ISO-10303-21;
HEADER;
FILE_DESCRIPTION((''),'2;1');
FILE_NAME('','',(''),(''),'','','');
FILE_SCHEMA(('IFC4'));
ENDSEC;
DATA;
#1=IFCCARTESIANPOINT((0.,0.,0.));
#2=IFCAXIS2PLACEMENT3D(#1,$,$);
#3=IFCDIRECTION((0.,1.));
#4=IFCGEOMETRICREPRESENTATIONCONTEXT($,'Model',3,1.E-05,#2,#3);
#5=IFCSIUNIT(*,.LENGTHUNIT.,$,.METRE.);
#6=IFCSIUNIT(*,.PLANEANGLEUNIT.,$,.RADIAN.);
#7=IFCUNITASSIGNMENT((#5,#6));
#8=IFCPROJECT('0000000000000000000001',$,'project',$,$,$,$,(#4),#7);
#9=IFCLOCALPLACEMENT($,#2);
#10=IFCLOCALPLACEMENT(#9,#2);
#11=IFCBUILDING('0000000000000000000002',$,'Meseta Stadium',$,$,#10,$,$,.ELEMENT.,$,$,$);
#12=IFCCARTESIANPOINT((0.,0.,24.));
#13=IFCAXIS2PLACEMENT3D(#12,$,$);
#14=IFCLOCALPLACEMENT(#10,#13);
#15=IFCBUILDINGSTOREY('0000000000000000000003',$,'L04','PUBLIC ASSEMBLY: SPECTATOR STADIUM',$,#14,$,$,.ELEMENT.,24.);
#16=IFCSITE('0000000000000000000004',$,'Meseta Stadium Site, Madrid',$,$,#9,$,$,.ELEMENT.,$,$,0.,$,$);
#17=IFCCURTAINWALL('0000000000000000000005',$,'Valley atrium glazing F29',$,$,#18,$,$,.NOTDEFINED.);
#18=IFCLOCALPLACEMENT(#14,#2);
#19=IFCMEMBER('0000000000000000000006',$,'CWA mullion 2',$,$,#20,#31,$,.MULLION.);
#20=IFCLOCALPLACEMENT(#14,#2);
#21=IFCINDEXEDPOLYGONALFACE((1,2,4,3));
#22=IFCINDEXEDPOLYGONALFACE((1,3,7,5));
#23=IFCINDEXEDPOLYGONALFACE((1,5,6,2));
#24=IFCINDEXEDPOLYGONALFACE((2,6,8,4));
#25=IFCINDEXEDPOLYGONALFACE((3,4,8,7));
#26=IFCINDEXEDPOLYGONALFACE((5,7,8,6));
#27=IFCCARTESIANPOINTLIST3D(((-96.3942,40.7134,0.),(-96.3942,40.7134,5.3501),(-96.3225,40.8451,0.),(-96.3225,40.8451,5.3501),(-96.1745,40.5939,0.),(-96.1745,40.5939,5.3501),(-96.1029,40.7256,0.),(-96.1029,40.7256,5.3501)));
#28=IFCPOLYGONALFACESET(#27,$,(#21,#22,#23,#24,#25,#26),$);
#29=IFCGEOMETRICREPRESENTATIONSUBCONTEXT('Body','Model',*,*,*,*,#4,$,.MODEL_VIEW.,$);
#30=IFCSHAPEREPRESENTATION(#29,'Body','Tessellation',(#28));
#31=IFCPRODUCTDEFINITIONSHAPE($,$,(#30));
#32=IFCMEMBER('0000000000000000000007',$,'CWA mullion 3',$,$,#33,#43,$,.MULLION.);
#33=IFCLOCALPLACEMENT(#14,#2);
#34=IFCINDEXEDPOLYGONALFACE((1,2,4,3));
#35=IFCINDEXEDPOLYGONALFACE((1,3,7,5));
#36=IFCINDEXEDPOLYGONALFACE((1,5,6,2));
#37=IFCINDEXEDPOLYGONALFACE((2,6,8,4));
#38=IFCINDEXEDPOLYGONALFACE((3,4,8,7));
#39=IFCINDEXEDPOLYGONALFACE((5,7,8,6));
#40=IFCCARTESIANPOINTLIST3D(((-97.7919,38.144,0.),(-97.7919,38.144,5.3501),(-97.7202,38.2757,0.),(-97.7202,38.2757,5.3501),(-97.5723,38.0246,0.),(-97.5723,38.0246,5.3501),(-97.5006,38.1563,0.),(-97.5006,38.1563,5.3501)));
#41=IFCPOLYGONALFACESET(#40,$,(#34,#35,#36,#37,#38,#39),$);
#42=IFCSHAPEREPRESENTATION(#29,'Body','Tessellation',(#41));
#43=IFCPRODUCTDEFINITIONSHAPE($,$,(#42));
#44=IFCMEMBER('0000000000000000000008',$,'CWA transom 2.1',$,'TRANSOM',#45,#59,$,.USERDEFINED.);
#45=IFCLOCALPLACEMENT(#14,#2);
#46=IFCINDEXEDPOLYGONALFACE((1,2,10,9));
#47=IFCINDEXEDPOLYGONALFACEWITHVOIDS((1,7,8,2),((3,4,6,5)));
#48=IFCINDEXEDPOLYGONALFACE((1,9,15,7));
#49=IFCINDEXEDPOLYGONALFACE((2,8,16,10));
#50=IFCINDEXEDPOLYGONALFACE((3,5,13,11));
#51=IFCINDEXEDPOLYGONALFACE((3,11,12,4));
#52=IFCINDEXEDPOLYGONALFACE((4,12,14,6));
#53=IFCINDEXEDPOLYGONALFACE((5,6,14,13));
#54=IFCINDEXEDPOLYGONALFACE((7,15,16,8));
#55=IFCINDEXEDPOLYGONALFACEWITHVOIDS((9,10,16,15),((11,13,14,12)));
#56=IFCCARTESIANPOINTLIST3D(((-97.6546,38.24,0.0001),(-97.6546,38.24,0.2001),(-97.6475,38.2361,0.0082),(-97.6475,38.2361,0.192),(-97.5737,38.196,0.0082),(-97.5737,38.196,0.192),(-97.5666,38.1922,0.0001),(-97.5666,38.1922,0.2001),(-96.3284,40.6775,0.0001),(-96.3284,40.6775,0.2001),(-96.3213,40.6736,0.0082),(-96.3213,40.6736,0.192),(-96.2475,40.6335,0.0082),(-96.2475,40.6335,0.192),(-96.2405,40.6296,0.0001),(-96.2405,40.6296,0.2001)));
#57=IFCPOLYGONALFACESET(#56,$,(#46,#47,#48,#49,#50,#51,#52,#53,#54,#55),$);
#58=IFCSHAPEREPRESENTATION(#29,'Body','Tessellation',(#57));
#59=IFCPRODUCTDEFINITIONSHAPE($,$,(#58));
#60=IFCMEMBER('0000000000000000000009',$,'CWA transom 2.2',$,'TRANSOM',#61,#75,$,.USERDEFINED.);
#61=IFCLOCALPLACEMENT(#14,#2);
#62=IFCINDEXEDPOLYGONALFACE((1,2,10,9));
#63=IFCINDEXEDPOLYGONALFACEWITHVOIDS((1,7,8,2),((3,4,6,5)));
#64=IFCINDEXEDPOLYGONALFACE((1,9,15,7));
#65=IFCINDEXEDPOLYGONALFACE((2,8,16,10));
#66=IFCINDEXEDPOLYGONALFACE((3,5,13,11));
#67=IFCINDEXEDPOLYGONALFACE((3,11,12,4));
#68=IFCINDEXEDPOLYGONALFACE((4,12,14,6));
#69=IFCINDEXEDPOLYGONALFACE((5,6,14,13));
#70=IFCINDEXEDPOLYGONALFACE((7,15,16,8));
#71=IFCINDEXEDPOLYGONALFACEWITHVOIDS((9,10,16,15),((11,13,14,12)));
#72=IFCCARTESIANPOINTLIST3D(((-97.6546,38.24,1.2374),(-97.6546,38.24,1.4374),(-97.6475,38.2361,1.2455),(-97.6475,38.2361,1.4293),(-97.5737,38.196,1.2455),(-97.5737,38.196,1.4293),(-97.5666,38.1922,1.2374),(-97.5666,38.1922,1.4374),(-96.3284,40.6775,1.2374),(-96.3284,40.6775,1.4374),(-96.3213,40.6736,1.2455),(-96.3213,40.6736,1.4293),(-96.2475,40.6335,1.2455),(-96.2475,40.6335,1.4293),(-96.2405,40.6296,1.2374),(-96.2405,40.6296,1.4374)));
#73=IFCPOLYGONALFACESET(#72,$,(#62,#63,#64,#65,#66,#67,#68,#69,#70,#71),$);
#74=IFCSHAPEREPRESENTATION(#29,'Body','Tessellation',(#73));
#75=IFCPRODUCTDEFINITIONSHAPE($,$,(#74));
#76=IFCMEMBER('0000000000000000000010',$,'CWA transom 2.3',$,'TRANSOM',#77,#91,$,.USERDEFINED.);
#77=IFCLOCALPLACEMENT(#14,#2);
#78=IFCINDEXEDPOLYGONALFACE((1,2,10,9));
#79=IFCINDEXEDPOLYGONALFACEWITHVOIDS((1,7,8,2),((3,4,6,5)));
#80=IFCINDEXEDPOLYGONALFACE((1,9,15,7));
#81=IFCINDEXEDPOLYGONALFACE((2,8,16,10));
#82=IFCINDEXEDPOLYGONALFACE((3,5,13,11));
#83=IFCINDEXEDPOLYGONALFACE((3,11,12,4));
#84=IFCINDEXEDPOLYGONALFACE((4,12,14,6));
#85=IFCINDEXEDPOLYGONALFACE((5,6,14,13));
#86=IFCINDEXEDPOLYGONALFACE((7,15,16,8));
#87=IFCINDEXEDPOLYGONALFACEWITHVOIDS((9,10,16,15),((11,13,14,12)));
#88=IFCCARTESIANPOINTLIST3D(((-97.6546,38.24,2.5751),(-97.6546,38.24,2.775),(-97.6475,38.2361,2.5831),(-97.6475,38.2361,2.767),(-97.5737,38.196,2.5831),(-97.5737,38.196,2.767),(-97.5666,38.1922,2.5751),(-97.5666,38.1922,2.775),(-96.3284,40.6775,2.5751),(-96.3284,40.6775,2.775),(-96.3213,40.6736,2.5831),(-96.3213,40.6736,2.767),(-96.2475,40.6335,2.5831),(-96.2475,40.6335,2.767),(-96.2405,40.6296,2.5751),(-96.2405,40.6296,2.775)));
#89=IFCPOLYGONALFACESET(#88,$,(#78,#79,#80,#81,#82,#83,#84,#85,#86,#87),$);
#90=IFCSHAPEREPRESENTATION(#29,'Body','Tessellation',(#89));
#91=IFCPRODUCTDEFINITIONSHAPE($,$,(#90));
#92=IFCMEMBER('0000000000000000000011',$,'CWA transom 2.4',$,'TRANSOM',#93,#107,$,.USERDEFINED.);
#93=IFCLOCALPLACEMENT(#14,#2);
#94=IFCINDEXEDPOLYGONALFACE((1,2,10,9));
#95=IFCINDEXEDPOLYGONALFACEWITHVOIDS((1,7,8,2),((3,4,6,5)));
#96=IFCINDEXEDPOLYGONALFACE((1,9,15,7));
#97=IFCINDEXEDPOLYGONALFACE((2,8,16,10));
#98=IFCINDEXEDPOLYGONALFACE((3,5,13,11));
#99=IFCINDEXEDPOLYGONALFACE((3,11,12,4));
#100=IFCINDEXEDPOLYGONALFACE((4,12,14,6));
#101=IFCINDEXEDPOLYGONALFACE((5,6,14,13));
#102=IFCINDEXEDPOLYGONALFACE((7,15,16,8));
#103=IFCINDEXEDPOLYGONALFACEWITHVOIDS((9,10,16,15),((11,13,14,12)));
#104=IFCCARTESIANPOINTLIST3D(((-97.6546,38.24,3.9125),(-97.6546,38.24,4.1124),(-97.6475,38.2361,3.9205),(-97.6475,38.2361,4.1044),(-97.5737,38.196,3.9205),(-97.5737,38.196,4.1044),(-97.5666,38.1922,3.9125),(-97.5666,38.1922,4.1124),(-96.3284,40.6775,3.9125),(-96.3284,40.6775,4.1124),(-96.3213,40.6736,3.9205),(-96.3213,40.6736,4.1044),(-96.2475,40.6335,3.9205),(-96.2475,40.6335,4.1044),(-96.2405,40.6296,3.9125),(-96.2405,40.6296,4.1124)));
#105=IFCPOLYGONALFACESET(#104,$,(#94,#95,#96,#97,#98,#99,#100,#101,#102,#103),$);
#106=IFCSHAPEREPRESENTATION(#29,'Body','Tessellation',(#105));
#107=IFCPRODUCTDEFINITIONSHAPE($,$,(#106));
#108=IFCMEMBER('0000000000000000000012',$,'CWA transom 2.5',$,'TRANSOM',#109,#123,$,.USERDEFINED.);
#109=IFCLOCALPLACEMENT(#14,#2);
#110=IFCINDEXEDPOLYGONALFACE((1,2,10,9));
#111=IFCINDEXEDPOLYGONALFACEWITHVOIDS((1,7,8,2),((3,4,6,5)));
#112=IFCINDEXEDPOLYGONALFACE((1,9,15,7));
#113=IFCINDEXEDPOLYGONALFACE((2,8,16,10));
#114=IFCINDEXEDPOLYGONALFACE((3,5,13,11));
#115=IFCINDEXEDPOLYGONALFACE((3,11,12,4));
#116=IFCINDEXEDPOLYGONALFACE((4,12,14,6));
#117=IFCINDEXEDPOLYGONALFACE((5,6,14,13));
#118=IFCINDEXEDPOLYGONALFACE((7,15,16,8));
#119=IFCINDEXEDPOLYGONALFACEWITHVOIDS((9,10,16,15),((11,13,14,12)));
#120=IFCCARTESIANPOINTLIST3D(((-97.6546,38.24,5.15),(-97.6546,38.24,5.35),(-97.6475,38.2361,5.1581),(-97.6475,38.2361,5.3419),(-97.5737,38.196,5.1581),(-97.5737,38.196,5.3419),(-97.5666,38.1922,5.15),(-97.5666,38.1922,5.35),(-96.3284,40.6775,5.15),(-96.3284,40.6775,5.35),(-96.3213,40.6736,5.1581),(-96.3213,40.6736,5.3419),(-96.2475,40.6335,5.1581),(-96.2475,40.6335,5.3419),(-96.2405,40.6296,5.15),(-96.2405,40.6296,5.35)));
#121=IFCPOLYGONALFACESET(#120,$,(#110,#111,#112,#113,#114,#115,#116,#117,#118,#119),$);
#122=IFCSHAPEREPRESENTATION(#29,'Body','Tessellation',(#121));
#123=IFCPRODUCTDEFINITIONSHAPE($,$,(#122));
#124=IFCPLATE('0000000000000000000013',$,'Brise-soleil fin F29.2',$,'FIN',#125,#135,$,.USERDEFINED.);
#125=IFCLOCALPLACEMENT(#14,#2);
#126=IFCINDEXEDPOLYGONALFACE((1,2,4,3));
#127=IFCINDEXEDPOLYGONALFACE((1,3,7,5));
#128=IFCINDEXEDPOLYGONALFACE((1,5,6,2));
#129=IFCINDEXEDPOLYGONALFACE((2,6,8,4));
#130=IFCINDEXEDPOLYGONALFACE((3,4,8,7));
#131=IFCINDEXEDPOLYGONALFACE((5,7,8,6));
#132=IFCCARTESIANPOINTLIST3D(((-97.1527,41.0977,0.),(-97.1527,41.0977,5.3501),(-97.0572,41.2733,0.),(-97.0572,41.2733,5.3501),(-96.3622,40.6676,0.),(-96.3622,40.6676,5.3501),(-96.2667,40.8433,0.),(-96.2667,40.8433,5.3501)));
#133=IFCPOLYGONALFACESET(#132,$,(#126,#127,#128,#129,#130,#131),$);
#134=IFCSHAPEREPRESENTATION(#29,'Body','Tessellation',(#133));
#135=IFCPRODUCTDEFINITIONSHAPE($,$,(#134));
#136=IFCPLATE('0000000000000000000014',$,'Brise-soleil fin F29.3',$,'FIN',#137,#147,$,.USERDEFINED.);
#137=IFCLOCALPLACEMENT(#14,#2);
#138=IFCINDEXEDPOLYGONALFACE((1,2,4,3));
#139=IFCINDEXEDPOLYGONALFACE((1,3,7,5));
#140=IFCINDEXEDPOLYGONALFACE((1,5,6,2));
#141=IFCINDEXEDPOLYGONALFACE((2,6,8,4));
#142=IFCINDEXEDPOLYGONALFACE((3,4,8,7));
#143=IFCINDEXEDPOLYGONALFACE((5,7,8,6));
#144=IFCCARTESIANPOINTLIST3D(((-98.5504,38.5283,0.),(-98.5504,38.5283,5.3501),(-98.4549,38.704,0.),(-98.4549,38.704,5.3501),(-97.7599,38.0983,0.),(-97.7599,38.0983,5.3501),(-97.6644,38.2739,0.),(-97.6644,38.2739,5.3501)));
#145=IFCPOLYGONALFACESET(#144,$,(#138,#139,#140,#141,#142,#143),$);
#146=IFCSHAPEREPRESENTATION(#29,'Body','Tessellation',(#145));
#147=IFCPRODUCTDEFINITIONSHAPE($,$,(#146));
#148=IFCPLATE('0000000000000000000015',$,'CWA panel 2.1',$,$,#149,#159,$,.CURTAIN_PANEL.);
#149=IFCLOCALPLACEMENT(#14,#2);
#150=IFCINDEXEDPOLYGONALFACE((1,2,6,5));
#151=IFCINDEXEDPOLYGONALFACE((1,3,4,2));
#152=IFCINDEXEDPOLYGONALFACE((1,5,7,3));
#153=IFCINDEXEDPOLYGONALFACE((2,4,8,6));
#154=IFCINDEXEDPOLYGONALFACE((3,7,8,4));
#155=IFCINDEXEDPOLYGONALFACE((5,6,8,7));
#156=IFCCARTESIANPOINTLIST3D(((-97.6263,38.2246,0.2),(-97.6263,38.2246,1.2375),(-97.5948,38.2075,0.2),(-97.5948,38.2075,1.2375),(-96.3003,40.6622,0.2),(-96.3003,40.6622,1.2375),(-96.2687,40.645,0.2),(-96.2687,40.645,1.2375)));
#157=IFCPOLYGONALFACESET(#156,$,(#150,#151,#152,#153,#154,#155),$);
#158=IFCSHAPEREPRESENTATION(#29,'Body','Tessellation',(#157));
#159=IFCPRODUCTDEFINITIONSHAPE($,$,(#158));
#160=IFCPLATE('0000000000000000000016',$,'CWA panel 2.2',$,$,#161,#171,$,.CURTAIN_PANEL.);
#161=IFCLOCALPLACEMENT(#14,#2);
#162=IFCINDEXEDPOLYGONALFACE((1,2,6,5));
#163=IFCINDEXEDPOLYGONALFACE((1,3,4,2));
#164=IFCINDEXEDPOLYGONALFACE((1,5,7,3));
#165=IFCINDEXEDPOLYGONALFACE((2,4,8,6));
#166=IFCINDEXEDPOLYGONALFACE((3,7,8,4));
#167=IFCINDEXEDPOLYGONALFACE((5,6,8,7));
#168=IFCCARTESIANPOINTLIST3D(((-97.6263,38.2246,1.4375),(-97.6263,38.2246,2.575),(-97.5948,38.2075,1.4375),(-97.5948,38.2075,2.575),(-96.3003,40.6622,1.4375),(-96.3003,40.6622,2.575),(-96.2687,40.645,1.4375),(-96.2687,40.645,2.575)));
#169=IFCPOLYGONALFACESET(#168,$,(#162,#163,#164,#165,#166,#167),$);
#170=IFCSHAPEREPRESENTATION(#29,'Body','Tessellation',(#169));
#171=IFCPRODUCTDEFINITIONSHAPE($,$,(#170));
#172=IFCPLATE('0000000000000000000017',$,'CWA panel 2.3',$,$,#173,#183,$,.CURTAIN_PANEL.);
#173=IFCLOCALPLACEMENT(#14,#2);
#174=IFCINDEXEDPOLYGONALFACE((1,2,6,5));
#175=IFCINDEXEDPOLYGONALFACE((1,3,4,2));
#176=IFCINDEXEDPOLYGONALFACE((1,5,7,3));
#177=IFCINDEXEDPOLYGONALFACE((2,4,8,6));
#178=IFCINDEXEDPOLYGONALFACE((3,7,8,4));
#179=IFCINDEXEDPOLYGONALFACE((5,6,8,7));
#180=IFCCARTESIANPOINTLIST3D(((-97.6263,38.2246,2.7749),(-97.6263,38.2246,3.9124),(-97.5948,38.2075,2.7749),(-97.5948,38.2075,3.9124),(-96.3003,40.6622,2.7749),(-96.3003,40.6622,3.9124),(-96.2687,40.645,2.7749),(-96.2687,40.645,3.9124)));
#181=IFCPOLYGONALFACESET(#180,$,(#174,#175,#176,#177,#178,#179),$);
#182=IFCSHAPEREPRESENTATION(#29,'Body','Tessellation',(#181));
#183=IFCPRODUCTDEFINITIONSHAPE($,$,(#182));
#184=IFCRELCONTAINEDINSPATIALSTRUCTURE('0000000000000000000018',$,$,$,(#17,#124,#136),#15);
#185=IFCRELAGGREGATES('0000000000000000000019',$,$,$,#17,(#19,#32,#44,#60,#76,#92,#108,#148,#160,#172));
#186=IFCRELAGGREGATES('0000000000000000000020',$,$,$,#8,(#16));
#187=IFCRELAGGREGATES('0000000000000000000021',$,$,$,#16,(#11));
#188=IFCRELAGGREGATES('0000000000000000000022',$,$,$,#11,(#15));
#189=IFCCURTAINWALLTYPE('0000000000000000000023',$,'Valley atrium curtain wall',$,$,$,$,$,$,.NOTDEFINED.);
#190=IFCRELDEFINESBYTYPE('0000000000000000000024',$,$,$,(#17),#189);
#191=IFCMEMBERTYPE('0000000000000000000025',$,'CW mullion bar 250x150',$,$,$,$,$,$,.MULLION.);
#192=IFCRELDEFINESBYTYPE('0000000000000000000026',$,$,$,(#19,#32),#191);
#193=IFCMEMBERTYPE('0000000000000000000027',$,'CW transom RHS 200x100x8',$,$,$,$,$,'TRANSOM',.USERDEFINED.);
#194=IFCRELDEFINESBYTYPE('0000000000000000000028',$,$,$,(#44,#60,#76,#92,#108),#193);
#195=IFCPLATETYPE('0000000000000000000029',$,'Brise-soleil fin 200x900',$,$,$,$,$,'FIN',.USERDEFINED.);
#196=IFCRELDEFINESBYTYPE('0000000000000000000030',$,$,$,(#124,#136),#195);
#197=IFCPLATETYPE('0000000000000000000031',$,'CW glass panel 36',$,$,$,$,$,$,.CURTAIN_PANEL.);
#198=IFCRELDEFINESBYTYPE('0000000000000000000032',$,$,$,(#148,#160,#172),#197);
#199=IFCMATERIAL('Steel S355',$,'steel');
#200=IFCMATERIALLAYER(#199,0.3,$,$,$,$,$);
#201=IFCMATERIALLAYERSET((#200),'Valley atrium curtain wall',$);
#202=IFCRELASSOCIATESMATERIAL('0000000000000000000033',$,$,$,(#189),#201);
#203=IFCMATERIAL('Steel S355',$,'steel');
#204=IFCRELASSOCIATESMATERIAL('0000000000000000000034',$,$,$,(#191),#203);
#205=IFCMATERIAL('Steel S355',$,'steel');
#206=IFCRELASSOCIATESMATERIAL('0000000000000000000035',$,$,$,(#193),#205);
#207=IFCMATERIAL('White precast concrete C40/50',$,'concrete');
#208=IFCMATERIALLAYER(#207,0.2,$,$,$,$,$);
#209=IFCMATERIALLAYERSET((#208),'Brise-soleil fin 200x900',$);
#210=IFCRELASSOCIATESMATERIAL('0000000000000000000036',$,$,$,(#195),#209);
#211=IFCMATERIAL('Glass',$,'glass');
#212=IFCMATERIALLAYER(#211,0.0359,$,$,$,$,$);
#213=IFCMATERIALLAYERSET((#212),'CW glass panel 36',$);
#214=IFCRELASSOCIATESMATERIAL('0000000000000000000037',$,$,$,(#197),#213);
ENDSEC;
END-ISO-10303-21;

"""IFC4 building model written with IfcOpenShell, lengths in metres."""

from ifc_helpers import new_model, si_unit, direction, frame, origin, origin_2d, place, context, subcontext, project, spatial, rectangle, hollow_rectangle, extrude, material, layer, layer_set, material_profile, profile_set, type_object, element, aggregate, save


model = new_model("IFC4")

# Units and contexts
model_context = context("Model", 3, precision=1e-05, world=origin(), true_north=direction((0.0, 1.0)))
body_context = subcontext(model_context, "Body", "Model", "MODEL_VIEW")
ifc_project = project(units=[si_unit("LENGTHUNIT", "METRE"), si_unit("PLANEANGLEUNIT", "RADIAN")], contexts=[model_context])

# Site, building, storey
site_placement = place(None, origin())
site = spatial("IfcSite", under=ifc_project, at=site_placement, Name="Meseta Stadium Site, Madrid", CompositionType="ELEMENT", RefElevation=0.0)
building_placement = place(site_placement, origin())
building = spatial("IfcBuilding", under=site, at=building_placement, Name="Meseta Stadium", CompositionType="ELEMENT")
storey_placement = place(building_placement, frame((0.0, 0.0, 24.0)))
storey = spatial("IfcBuildingStorey", under=building, at=storey_placement, Name="L04", Description="PUBLIC ASSEMBLY: SPECTATOR STADIUM", CompositionType="ELEMENT", Elevation=24.0)

# Curtain wall, members
ifc_material_1 = material(Name="Steel S355", Category="steel")
ifc_layer_1 = layer(ifc_material_1, 0.3)
ifc_layer_set_1 = layer_set([ifc_layer_1], Name="Valley atrium curtain wall")
curtain_wall_type = type_object("IfcCurtainWallType", Name="Valley atrium curtain wall", PredefinedType="NOTDEFINED", material=ifc_layer_set_1)
curtain_wall_placement = place(storey_placement, origin())
curtain_wall = element("IfcCurtainWall", 1, at=curtain_wall_placement, inside=storey, type_object=curtain_wall_type, Name="Valley atrium glazing F29", PredefinedType="NOTDEFINED")
ifc_material_2 = material(Name="Steel S355", Category="steel")
ifc_material_profile_1 = material_profile(ifc_material_2, rectangle(XDim=0.25, YDim=0.1499, at=origin_2d()), Name="CW 250x150")
ifc_profile_set_1 = profile_set([ifc_material_profile_1], Name="Steel S355")
member_type_1 = type_object("IfcMemberType", Name="CW mullion bar 250x150", PredefinedType="MULLION", material=ifc_profile_set_1)
member_1_placement = place(storey_placement, frame((-96.2485, 40.7195, 0.0), z_axis=(0.0, 0.0, 1.0), x_axis=(0.878432, -0.477867, 0.0)))
member_1 = element("IfcMember", 2, at=member_1_placement, type_object=member_type_1, Name="CWA mullion 2", PredefinedType="MULLION", context=body_context, shape_type="SweptSolid", body=[
    extrude(rectangle(XDim=0.25, YDim=0.1499, at=origin_2d()), origin(), (0.0, 0.0, 1.0), 5.3501),
])
member_2_placement = place(storey_placement, frame((-97.6462, 38.1501, 0.0), z_axis=(0.0, 0.0, 1.0), x_axis=(0.878432, -0.477867, 0.0)))
member_2 = element("IfcMember", 3, at=member_2_placement, type_object=member_type_1, Name="CWA mullion 3", PredefinedType="MULLION", context=body_context, shape_type="SweptSolid", body=[
    extrude(rectangle(XDim=0.25, YDim=0.1499, at=origin_2d()), origin(), (0.0, 0.0, 1.0), 5.3501),
])
ifc_material_3 = material(Name="Steel S355", Category="steel")
ifc_material_profile_2 = material_profile(ifc_material_3, hollow_rectangle(XDim=0.1001, YDim=0.2, WallThickness=0.0081, at=origin_2d()), Name="RHS 200x100x8")
ifc_profile_set_2 = profile_set([ifc_material_profile_2], Name="Steel S355")
member_type_2 = type_object("IfcMemberType", Name="CW transom RHS 200x100x8", ElementType="TRANSOM", PredefinedType="USERDEFINED", material=ifc_profile_set_2)
member_3_placement = place(storey_placement, frame((-96.2844, 40.6536, 0.1001), z_axis=(-0.477915, -0.878406, 0.0), x_axis=(0.878406, -0.477915, 0.0)))
member_3 = element("IfcMember", 4, at=member_3_placement, type_object=member_type_2, Name="CWA transom 2.1", ObjectType="TRANSOM", PredefinedType="USERDEFINED", context=body_context, shape_type="SweptSolid", body=[
    extrude(hollow_rectangle(XDim=0.1001, YDim=0.2, WallThickness=0.0081, at=origin_2d()), origin(), (0.0, 0.0, 1.0), 2.7749),
])
member_4_placement = place(storey_placement, frame((-96.2844, 40.6536, 1.3374), z_axis=(-0.477915, -0.878406, 0.0), x_axis=(0.878406, -0.477915, 0.0)))
member_4 = element("IfcMember", 5, at=member_4_placement, type_object=member_type_2, Name="CWA transom 2.2", ObjectType="TRANSOM", PredefinedType="USERDEFINED", context=body_context, shape_type="SweptSolid", body=[
    extrude(hollow_rectangle(XDim=0.1001, YDim=0.2, WallThickness=0.0081, at=origin_2d()), origin(), (0.0, 0.0, 1.0), 2.7749),
])
member_5_placement = place(storey_placement, frame((-96.2844, 40.6536, 2.675), z_axis=(-0.477915, -0.878406, 0.0), x_axis=(0.878406, -0.477915, 0.0)))
member_5 = element("IfcMember", 6, at=member_5_placement, type_object=member_type_2, Name="CWA transom 2.3", ObjectType="TRANSOM", PredefinedType="USERDEFINED", context=body_context, shape_type="SweptSolid", body=[
    extrude(hollow_rectangle(XDim=0.1001, YDim=0.2, WallThickness=0.0081, at=origin_2d()), origin(), (0.0, 0.0, 1.0), 2.7749),
])
member_6_placement = place(storey_placement, frame((-96.2844, 40.6536, 4.0125), z_axis=(-0.477915, -0.878406, 0.0), x_axis=(0.878406, -0.477915, 0.0)))
member_6 = element("IfcMember", 7, at=member_6_placement, type_object=member_type_2, Name="CWA transom 2.4", ObjectType="TRANSOM", PredefinedType="USERDEFINED", context=body_context, shape_type="SweptSolid", body=[
    extrude(hollow_rectangle(XDim=0.1001, YDim=0.2, WallThickness=0.0081, at=origin_2d()), origin(), (0.0, 0.0, 1.0), 2.7749),
])
member_7_placement = place(storey_placement, frame((-96.2844, 40.6536, 5.25), z_axis=(-0.477915, -0.878406, 0.0), x_axis=(0.878406, -0.477915, 0.0)))
member_7 = element("IfcMember", 8, at=member_7_placement, type_object=member_type_2, Name="CWA transom 2.5", ObjectType="TRANSOM", PredefinedType="USERDEFINED", context=body_context, shape_type="SweptSolid", body=[
    extrude(hollow_rectangle(XDim=0.1001, YDim=0.2, WallThickness=0.0081, at=origin_2d()), origin(), (0.0, 0.0, 1.0), 2.7749),
])

# Plates
ifc_material_4 = material(Name="White precast concrete C40/50", Category="concrete")
ifc_layer_2 = layer(ifc_material_4, 0.2)
ifc_layer_set_2 = layer_set([ifc_layer_2], Name="Brise-soleil fin 200x900")
plate_type_1 = type_object("IfcPlateType", Name="Brise-soleil fin 200x900", ElementType="FIN", PredefinedType="USERDEFINED", material=ifc_layer_set_2)
for number, where, z_axis, x_axis, name in (
    (9, (-96.7097, 40.9705, 0.0), (0.0, 0.0, 1.0), (-0.477867, -0.878432, 0.0), "Brise-soleil fin F29.2"),
    (10, (-98.1074, 38.4011, 0.0), (0.0, 0.0, 1.0), (-0.477867, -0.878432, 0.0), "Brise-soleil fin F29.3"),
):
    element("IfcPlate", number, at=place(storey_placement, frame(where, z_axis=z_axis, x_axis=x_axis)), inside=storey, type_object=plate_type_1, Name=name, ObjectType="FIN", PredefinedType="USERDEFINED", context=body_context, shape_type="SweptSolid", body=[
        extrude(rectangle(XDim=0.2, YDim=0.8999, at=origin_2d()), origin(), (0.0, 0.0, 1.0), 5.3501),
    ])

# Plates
ifc_material_5 = material(Name="Glass", Category="glass")
ifc_layer_3 = layer(ifc_material_5, 0.0359)
ifc_layer_set_3 = layer_set([ifc_layer_3], Name="CW glass panel 36")
plate_type_2 = type_object("IfcPlateType", Name="CW glass panel 36", PredefinedType="CURTAIN_PANEL", material=ifc_layer_set_3)
plate_1_placement = place(storey_placement, frame((-96.9475, 39.4348, 0.2), z_axis=(0.0, 0.0, 1.0), x_axis=(-0.477867, -0.878432, 0.0)))
plate_1 = element("IfcPlate", 11, at=plate_1_placement, type_object=plate_type_2, Name="CWA panel 2.1", PredefinedType="CURTAIN_PANEL", context=body_context, shape_type="SweptSolid", body=[
    extrude(rectangle(XDim=2.7749, YDim=0.0359, at=origin_2d()), origin(), (0.0, 0.0, 1.0), 1.0376),
])
plate_2_placement = place(storey_placement, frame((-96.9475, 39.4348, 1.4375), z_axis=(0.0, 0.0, 1.0), x_axis=(-0.477867, -0.878432, 0.0)))
plate_2 = element("IfcPlate", 12, at=plate_2_placement, type_object=plate_type_2, Name="CWA panel 2.2", PredefinedType="CURTAIN_PANEL", context=body_context, shape_type="SweptSolid", body=[
    extrude(rectangle(XDim=2.7749, YDim=0.0359, at=origin_2d()), origin(), (0.0, 0.0, 1.0), 1.1375),
])
plate_3_placement = place(storey_placement, frame((-96.9475, 39.4348, 2.7749), z_axis=(0.0, 0.0, 1.0), x_axis=(-0.477867, -0.878432, 0.0)))
plate_3 = element("IfcPlate", 13, at=plate_3_placement, type_object=plate_type_2, Name="CWA panel 2.3", PredefinedType="CURTAIN_PANEL", context=body_context, shape_type="SweptSolid", body=[
    extrude(rectangle(XDim=2.7749, YDim=0.0359, at=origin_2d()), origin(), (0.0, 0.0, 1.0), 1.1375),
])
aggregate(curtain_wall, [member_1, member_2, member_3, member_4, member_5, member_6, member_7, plate_1, plate_2, plate_3])

save(model, "model.ifc")
